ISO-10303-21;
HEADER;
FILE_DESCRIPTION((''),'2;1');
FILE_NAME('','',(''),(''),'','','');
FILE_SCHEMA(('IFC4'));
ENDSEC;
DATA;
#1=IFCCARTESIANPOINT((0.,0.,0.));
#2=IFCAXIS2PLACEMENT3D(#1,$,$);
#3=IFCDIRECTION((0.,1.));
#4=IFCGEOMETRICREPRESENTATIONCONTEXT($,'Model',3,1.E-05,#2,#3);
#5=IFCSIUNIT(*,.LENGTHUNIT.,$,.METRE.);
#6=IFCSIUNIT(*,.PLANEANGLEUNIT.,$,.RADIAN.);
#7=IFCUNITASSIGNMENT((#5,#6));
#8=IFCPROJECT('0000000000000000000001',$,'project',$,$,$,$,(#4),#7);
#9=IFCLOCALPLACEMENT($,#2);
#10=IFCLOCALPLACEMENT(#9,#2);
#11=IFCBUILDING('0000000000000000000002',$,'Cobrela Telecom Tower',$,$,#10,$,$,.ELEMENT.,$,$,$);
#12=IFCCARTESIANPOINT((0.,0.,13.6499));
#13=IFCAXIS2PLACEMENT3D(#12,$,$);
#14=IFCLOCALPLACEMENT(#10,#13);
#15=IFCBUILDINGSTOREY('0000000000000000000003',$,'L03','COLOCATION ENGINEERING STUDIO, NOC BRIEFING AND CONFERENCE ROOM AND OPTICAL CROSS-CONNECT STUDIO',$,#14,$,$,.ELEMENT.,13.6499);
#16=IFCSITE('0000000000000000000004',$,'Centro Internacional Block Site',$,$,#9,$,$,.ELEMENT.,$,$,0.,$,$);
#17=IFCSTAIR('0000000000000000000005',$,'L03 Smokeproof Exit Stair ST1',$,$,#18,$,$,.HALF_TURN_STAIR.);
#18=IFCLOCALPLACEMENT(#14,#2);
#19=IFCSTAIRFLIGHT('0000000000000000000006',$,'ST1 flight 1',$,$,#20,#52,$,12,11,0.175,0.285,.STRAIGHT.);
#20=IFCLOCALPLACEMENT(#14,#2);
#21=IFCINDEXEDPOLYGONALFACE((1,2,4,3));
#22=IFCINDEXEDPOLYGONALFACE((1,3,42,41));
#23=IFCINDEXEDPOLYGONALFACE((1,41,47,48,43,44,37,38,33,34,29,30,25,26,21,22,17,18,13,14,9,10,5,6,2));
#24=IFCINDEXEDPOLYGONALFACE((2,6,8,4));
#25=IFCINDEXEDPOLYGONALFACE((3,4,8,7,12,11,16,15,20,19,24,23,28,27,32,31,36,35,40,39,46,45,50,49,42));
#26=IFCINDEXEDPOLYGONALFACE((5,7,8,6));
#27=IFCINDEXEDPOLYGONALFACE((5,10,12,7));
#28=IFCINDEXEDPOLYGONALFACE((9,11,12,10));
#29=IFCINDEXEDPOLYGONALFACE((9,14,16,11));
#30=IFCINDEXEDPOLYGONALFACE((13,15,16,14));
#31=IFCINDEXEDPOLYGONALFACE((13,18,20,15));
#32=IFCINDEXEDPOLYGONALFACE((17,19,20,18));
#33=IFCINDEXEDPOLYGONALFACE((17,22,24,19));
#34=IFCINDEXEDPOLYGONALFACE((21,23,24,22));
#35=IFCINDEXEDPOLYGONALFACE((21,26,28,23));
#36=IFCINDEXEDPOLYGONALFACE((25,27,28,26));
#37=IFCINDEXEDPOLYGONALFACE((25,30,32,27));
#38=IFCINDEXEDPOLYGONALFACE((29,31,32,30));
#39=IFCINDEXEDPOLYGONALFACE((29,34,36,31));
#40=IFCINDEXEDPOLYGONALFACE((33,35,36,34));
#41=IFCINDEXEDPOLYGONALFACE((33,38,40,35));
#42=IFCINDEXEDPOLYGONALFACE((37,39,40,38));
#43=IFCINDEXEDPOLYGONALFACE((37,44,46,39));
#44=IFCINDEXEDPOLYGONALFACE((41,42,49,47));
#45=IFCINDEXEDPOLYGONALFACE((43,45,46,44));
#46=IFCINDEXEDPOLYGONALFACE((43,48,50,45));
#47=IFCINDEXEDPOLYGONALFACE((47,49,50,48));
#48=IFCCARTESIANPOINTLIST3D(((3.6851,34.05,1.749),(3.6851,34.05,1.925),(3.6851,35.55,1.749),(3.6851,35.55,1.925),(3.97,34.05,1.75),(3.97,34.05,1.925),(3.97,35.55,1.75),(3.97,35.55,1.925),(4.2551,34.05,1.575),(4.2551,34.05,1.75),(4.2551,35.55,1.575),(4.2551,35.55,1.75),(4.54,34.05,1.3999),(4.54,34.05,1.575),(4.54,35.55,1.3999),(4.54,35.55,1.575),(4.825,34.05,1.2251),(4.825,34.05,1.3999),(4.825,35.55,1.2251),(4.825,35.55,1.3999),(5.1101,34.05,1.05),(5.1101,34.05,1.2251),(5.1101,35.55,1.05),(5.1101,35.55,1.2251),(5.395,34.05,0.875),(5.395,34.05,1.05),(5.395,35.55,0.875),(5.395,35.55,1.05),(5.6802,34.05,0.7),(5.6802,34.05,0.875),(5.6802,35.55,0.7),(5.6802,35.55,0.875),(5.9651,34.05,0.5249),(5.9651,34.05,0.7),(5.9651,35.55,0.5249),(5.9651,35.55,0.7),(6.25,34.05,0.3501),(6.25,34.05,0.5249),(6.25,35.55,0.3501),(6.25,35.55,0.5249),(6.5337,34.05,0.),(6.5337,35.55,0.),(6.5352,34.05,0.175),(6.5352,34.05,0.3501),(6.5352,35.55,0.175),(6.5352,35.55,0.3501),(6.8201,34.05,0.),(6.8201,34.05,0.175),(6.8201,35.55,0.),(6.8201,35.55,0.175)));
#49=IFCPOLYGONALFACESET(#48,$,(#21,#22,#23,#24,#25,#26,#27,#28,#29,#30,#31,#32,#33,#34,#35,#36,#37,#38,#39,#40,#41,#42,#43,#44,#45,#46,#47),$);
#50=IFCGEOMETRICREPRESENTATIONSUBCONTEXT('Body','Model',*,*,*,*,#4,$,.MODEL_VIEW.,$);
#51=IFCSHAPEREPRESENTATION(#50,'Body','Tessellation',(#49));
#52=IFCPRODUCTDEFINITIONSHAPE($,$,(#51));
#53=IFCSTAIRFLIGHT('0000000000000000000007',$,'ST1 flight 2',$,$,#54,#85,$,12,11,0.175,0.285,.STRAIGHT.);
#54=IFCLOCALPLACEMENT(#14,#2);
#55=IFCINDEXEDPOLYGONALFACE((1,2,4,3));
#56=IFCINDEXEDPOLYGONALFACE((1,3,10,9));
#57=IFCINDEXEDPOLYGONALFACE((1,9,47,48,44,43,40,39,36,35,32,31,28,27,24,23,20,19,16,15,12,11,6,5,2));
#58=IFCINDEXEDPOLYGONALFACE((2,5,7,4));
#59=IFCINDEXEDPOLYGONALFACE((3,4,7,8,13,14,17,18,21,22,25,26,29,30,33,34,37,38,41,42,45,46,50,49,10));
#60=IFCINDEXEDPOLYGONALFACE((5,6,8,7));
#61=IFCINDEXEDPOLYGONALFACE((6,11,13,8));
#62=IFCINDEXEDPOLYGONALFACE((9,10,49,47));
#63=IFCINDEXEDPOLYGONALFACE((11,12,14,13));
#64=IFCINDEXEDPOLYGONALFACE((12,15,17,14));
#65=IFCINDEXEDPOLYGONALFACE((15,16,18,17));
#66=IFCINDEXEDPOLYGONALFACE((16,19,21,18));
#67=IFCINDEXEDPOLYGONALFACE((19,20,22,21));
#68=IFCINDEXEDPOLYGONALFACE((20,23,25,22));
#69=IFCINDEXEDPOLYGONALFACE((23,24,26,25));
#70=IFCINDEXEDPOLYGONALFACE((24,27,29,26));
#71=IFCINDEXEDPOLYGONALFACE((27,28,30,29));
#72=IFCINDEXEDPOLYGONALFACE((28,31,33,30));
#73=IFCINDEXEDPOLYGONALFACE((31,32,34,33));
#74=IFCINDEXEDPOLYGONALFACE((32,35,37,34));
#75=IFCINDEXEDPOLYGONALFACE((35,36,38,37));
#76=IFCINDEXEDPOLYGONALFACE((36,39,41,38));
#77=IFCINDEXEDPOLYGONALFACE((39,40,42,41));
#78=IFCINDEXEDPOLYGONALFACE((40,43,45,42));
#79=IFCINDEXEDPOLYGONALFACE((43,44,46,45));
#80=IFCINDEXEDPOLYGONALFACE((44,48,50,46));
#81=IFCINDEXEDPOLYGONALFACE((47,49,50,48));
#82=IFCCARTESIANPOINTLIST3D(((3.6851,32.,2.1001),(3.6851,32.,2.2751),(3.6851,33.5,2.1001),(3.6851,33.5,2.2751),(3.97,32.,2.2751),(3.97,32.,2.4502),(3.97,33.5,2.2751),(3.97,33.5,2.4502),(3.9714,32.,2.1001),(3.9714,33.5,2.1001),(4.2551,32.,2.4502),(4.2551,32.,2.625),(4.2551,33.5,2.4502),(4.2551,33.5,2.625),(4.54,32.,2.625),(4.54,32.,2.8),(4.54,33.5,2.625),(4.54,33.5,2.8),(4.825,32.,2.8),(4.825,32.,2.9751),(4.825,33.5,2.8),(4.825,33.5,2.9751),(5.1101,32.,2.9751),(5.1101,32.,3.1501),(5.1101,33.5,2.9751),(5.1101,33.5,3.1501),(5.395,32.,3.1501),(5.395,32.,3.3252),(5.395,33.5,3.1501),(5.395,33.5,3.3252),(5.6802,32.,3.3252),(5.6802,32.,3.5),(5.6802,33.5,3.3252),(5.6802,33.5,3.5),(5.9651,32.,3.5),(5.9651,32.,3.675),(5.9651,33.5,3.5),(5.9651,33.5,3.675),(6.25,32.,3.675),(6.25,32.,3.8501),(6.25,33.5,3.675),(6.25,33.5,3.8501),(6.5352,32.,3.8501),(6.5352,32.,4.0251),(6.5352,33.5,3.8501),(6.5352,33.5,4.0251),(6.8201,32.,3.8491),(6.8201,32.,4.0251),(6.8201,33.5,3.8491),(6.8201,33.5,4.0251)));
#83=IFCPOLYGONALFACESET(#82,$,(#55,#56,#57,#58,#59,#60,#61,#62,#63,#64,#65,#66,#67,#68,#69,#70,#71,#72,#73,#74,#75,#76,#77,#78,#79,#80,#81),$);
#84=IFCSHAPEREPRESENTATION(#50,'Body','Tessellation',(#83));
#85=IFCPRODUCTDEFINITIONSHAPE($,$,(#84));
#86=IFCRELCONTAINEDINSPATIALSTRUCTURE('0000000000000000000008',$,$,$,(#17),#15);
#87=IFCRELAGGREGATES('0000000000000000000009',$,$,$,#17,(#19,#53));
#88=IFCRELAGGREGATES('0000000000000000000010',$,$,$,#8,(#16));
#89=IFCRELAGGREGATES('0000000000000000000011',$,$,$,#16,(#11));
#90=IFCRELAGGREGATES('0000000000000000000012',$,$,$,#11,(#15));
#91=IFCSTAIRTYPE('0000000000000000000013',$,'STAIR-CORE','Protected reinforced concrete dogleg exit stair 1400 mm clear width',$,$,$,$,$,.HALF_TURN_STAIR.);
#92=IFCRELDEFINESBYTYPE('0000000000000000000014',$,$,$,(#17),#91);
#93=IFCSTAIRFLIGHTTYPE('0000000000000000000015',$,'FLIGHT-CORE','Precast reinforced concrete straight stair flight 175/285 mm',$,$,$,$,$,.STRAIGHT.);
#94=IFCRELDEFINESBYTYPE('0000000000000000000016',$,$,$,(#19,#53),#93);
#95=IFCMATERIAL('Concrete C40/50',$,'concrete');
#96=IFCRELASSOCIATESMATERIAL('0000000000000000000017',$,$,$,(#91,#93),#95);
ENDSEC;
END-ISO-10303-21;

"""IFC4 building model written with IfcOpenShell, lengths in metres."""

from ifc_helpers import new_model, si_unit, direction, frame, origin, place, context, subcontext, project, spatial, polyline, outline, extrude, material, type_object, element, aggregate, save


model = new_model("IFC4")

# Units and contexts
model_context = context("Model", 3, precision=1e-05, world=origin(), true_north=direction((0.0, 1.0)))
body_context = subcontext(model_context, "Body", "Model", "MODEL_VIEW")
ifc_project = project(units=[si_unit("LENGTHUNIT", "METRE"), si_unit("PLANEANGLEUNIT", "RADIAN")], contexts=[model_context])

# Site, building, storey
site_placement = place(None, origin())
site = spatial("IfcSite", under=ifc_project, at=site_placement, Name="Centro Internacional Block Site", CompositionType="ELEMENT", RefElevation=0.0)
building_placement = place(site_placement, origin())
building = spatial("IfcBuilding", under=site, at=building_placement, Name="Cobrela Telecom Tower", CompositionType="ELEMENT")
storey_placement = place(building_placement, frame((0.0, 0.0, 13.6499)))
storey = spatial("IfcBuildingStorey", under=building, at=storey_placement, Name="L03", Description="COLOCATION ENGINEERING STUDIO, NOC BRIEFING AND CONFERENCE ROOM AND OPTICAL CROSS-CONNECT STUDIO", CompositionType="ELEMENT", Elevation=13.6499)

# Shared definitions
ifc_material_1 = material(Name="Concrete C40/50", Category="concrete")

# Stair, stair flights
stair_type = type_object("IfcStairType", Name="STAIR-CORE", Description="Protected reinforced concrete dogleg exit stair 1400 mm clear width", PredefinedType="HALF_TURN_STAIR", material=ifc_material_1)
stair_placement = place(storey_placement, origin())
stair = element("IfcStair", 1, at=stair_placement, inside=storey, type_object=stair_type, Name="L03 Smokeproof Exit Stair ST1", PredefinedType="HALF_TURN_STAIR")
stair_flight_type = type_object("IfcStairFlightType", Name="FLIGHT-CORE", Description="Precast reinforced concrete straight stair flight 175/285 mm", PredefinedType="STRAIGHT", material=ifc_material_1)
stair_flight_1_placement = place(storey_placement, frame((6.8201, 34.8, 0.0), z_axis=(0.0, 0.0, 1.0), x_axis=(-1.0, 0.0, 0.0)))
stair_flight_1 = element("IfcStairFlight", 2, at=stair_flight_1_placement, type_object=stair_flight_type, Name="ST1 flight 1", NumberOfRisers=12, NumberOfTreads=11, PredefinedType="STRAIGHT", RiserHeight=0.175, TreadLength=0.285, context=body_context, shape_type="SweptSolid", body=[
    extrude(outline(polyline([(0.0, 0.0), (0.0, 0.175), (0.2849, 0.175), (0.2849, 0.3501), (0.5701, 0.3501), (0.5701, 0.5249), (0.855, 0.5249), (0.855, 0.7), (1.1399, 0.7), (1.1399, 0.875), (1.425, 0.875), (1.425, 1.05), (1.71, 1.05), (1.71, 1.2251), (1.9951, 1.2251), (1.9951, 1.3999), (2.28, 1.3999), (2.28, 1.575), (2.5649, 1.575), (2.5649, 1.75), (2.8501, 1.75), (2.8501, 1.925), (3.135, 1.925), (3.135, 2.1001), (3.135, 1.749), (0.2864, 0.0), (0.0, 0.0)])), frame((0.0, 0.75, 0.0), z_axis=(0.0, -1.0, 0.0), x_axis=(1.0, 0.0, 0.0)), (0.0, 0.0, 1.0), 1.5),
])
stair_flight_2_placement = place(storey_placement, frame((3.6851, 32.75, 2.1001), z_axis=(0.0, 0.0, 1.0), x_axis=(1.0, 0.0, 0.0)))
stair_flight_2 = element("IfcStairFlight", 3, at=stair_flight_2_placement, type_object=stair_flight_type, Name="ST1 flight 2", NumberOfRisers=12, NumberOfTreads=11, PredefinedType="STRAIGHT", RiserHeight=0.175, TreadLength=0.285, context=body_context, shape_type="SweptSolid", body=[
    extrude(outline(polyline([(0.0, 0.0), (0.0, 0.175), (0.2849, 0.175), (0.2849, 0.3501), (0.5701, 0.3501), (0.5701, 0.5249), (0.855, 0.5249), (0.855, 0.7), (1.1399, 0.7), (1.1399, 0.875), (1.425, 0.875), (1.425, 1.05), (1.71, 1.05), (1.71, 1.2251), (1.9951, 1.2251), (1.9951, 1.3999), (2.28, 1.3999), (2.28, 1.575), (2.5649, 1.575), (2.5649, 1.75), (2.8501, 1.75), (2.8501, 1.925), (3.135, 1.925), (3.135, 2.1001), (3.135, 1.749), (0.2864, 0.0), (0.0, 0.0)])), frame((0.0, 0.75, 0.0), z_axis=(0.0, -1.0, 0.0), x_axis=(1.0, 0.0, 0.0)), (0.0, 0.0, 1.0), 1.5),
])
aggregate(stair, [stair_flight_1, stair_flight_2])

save(model, "model.ifc")
